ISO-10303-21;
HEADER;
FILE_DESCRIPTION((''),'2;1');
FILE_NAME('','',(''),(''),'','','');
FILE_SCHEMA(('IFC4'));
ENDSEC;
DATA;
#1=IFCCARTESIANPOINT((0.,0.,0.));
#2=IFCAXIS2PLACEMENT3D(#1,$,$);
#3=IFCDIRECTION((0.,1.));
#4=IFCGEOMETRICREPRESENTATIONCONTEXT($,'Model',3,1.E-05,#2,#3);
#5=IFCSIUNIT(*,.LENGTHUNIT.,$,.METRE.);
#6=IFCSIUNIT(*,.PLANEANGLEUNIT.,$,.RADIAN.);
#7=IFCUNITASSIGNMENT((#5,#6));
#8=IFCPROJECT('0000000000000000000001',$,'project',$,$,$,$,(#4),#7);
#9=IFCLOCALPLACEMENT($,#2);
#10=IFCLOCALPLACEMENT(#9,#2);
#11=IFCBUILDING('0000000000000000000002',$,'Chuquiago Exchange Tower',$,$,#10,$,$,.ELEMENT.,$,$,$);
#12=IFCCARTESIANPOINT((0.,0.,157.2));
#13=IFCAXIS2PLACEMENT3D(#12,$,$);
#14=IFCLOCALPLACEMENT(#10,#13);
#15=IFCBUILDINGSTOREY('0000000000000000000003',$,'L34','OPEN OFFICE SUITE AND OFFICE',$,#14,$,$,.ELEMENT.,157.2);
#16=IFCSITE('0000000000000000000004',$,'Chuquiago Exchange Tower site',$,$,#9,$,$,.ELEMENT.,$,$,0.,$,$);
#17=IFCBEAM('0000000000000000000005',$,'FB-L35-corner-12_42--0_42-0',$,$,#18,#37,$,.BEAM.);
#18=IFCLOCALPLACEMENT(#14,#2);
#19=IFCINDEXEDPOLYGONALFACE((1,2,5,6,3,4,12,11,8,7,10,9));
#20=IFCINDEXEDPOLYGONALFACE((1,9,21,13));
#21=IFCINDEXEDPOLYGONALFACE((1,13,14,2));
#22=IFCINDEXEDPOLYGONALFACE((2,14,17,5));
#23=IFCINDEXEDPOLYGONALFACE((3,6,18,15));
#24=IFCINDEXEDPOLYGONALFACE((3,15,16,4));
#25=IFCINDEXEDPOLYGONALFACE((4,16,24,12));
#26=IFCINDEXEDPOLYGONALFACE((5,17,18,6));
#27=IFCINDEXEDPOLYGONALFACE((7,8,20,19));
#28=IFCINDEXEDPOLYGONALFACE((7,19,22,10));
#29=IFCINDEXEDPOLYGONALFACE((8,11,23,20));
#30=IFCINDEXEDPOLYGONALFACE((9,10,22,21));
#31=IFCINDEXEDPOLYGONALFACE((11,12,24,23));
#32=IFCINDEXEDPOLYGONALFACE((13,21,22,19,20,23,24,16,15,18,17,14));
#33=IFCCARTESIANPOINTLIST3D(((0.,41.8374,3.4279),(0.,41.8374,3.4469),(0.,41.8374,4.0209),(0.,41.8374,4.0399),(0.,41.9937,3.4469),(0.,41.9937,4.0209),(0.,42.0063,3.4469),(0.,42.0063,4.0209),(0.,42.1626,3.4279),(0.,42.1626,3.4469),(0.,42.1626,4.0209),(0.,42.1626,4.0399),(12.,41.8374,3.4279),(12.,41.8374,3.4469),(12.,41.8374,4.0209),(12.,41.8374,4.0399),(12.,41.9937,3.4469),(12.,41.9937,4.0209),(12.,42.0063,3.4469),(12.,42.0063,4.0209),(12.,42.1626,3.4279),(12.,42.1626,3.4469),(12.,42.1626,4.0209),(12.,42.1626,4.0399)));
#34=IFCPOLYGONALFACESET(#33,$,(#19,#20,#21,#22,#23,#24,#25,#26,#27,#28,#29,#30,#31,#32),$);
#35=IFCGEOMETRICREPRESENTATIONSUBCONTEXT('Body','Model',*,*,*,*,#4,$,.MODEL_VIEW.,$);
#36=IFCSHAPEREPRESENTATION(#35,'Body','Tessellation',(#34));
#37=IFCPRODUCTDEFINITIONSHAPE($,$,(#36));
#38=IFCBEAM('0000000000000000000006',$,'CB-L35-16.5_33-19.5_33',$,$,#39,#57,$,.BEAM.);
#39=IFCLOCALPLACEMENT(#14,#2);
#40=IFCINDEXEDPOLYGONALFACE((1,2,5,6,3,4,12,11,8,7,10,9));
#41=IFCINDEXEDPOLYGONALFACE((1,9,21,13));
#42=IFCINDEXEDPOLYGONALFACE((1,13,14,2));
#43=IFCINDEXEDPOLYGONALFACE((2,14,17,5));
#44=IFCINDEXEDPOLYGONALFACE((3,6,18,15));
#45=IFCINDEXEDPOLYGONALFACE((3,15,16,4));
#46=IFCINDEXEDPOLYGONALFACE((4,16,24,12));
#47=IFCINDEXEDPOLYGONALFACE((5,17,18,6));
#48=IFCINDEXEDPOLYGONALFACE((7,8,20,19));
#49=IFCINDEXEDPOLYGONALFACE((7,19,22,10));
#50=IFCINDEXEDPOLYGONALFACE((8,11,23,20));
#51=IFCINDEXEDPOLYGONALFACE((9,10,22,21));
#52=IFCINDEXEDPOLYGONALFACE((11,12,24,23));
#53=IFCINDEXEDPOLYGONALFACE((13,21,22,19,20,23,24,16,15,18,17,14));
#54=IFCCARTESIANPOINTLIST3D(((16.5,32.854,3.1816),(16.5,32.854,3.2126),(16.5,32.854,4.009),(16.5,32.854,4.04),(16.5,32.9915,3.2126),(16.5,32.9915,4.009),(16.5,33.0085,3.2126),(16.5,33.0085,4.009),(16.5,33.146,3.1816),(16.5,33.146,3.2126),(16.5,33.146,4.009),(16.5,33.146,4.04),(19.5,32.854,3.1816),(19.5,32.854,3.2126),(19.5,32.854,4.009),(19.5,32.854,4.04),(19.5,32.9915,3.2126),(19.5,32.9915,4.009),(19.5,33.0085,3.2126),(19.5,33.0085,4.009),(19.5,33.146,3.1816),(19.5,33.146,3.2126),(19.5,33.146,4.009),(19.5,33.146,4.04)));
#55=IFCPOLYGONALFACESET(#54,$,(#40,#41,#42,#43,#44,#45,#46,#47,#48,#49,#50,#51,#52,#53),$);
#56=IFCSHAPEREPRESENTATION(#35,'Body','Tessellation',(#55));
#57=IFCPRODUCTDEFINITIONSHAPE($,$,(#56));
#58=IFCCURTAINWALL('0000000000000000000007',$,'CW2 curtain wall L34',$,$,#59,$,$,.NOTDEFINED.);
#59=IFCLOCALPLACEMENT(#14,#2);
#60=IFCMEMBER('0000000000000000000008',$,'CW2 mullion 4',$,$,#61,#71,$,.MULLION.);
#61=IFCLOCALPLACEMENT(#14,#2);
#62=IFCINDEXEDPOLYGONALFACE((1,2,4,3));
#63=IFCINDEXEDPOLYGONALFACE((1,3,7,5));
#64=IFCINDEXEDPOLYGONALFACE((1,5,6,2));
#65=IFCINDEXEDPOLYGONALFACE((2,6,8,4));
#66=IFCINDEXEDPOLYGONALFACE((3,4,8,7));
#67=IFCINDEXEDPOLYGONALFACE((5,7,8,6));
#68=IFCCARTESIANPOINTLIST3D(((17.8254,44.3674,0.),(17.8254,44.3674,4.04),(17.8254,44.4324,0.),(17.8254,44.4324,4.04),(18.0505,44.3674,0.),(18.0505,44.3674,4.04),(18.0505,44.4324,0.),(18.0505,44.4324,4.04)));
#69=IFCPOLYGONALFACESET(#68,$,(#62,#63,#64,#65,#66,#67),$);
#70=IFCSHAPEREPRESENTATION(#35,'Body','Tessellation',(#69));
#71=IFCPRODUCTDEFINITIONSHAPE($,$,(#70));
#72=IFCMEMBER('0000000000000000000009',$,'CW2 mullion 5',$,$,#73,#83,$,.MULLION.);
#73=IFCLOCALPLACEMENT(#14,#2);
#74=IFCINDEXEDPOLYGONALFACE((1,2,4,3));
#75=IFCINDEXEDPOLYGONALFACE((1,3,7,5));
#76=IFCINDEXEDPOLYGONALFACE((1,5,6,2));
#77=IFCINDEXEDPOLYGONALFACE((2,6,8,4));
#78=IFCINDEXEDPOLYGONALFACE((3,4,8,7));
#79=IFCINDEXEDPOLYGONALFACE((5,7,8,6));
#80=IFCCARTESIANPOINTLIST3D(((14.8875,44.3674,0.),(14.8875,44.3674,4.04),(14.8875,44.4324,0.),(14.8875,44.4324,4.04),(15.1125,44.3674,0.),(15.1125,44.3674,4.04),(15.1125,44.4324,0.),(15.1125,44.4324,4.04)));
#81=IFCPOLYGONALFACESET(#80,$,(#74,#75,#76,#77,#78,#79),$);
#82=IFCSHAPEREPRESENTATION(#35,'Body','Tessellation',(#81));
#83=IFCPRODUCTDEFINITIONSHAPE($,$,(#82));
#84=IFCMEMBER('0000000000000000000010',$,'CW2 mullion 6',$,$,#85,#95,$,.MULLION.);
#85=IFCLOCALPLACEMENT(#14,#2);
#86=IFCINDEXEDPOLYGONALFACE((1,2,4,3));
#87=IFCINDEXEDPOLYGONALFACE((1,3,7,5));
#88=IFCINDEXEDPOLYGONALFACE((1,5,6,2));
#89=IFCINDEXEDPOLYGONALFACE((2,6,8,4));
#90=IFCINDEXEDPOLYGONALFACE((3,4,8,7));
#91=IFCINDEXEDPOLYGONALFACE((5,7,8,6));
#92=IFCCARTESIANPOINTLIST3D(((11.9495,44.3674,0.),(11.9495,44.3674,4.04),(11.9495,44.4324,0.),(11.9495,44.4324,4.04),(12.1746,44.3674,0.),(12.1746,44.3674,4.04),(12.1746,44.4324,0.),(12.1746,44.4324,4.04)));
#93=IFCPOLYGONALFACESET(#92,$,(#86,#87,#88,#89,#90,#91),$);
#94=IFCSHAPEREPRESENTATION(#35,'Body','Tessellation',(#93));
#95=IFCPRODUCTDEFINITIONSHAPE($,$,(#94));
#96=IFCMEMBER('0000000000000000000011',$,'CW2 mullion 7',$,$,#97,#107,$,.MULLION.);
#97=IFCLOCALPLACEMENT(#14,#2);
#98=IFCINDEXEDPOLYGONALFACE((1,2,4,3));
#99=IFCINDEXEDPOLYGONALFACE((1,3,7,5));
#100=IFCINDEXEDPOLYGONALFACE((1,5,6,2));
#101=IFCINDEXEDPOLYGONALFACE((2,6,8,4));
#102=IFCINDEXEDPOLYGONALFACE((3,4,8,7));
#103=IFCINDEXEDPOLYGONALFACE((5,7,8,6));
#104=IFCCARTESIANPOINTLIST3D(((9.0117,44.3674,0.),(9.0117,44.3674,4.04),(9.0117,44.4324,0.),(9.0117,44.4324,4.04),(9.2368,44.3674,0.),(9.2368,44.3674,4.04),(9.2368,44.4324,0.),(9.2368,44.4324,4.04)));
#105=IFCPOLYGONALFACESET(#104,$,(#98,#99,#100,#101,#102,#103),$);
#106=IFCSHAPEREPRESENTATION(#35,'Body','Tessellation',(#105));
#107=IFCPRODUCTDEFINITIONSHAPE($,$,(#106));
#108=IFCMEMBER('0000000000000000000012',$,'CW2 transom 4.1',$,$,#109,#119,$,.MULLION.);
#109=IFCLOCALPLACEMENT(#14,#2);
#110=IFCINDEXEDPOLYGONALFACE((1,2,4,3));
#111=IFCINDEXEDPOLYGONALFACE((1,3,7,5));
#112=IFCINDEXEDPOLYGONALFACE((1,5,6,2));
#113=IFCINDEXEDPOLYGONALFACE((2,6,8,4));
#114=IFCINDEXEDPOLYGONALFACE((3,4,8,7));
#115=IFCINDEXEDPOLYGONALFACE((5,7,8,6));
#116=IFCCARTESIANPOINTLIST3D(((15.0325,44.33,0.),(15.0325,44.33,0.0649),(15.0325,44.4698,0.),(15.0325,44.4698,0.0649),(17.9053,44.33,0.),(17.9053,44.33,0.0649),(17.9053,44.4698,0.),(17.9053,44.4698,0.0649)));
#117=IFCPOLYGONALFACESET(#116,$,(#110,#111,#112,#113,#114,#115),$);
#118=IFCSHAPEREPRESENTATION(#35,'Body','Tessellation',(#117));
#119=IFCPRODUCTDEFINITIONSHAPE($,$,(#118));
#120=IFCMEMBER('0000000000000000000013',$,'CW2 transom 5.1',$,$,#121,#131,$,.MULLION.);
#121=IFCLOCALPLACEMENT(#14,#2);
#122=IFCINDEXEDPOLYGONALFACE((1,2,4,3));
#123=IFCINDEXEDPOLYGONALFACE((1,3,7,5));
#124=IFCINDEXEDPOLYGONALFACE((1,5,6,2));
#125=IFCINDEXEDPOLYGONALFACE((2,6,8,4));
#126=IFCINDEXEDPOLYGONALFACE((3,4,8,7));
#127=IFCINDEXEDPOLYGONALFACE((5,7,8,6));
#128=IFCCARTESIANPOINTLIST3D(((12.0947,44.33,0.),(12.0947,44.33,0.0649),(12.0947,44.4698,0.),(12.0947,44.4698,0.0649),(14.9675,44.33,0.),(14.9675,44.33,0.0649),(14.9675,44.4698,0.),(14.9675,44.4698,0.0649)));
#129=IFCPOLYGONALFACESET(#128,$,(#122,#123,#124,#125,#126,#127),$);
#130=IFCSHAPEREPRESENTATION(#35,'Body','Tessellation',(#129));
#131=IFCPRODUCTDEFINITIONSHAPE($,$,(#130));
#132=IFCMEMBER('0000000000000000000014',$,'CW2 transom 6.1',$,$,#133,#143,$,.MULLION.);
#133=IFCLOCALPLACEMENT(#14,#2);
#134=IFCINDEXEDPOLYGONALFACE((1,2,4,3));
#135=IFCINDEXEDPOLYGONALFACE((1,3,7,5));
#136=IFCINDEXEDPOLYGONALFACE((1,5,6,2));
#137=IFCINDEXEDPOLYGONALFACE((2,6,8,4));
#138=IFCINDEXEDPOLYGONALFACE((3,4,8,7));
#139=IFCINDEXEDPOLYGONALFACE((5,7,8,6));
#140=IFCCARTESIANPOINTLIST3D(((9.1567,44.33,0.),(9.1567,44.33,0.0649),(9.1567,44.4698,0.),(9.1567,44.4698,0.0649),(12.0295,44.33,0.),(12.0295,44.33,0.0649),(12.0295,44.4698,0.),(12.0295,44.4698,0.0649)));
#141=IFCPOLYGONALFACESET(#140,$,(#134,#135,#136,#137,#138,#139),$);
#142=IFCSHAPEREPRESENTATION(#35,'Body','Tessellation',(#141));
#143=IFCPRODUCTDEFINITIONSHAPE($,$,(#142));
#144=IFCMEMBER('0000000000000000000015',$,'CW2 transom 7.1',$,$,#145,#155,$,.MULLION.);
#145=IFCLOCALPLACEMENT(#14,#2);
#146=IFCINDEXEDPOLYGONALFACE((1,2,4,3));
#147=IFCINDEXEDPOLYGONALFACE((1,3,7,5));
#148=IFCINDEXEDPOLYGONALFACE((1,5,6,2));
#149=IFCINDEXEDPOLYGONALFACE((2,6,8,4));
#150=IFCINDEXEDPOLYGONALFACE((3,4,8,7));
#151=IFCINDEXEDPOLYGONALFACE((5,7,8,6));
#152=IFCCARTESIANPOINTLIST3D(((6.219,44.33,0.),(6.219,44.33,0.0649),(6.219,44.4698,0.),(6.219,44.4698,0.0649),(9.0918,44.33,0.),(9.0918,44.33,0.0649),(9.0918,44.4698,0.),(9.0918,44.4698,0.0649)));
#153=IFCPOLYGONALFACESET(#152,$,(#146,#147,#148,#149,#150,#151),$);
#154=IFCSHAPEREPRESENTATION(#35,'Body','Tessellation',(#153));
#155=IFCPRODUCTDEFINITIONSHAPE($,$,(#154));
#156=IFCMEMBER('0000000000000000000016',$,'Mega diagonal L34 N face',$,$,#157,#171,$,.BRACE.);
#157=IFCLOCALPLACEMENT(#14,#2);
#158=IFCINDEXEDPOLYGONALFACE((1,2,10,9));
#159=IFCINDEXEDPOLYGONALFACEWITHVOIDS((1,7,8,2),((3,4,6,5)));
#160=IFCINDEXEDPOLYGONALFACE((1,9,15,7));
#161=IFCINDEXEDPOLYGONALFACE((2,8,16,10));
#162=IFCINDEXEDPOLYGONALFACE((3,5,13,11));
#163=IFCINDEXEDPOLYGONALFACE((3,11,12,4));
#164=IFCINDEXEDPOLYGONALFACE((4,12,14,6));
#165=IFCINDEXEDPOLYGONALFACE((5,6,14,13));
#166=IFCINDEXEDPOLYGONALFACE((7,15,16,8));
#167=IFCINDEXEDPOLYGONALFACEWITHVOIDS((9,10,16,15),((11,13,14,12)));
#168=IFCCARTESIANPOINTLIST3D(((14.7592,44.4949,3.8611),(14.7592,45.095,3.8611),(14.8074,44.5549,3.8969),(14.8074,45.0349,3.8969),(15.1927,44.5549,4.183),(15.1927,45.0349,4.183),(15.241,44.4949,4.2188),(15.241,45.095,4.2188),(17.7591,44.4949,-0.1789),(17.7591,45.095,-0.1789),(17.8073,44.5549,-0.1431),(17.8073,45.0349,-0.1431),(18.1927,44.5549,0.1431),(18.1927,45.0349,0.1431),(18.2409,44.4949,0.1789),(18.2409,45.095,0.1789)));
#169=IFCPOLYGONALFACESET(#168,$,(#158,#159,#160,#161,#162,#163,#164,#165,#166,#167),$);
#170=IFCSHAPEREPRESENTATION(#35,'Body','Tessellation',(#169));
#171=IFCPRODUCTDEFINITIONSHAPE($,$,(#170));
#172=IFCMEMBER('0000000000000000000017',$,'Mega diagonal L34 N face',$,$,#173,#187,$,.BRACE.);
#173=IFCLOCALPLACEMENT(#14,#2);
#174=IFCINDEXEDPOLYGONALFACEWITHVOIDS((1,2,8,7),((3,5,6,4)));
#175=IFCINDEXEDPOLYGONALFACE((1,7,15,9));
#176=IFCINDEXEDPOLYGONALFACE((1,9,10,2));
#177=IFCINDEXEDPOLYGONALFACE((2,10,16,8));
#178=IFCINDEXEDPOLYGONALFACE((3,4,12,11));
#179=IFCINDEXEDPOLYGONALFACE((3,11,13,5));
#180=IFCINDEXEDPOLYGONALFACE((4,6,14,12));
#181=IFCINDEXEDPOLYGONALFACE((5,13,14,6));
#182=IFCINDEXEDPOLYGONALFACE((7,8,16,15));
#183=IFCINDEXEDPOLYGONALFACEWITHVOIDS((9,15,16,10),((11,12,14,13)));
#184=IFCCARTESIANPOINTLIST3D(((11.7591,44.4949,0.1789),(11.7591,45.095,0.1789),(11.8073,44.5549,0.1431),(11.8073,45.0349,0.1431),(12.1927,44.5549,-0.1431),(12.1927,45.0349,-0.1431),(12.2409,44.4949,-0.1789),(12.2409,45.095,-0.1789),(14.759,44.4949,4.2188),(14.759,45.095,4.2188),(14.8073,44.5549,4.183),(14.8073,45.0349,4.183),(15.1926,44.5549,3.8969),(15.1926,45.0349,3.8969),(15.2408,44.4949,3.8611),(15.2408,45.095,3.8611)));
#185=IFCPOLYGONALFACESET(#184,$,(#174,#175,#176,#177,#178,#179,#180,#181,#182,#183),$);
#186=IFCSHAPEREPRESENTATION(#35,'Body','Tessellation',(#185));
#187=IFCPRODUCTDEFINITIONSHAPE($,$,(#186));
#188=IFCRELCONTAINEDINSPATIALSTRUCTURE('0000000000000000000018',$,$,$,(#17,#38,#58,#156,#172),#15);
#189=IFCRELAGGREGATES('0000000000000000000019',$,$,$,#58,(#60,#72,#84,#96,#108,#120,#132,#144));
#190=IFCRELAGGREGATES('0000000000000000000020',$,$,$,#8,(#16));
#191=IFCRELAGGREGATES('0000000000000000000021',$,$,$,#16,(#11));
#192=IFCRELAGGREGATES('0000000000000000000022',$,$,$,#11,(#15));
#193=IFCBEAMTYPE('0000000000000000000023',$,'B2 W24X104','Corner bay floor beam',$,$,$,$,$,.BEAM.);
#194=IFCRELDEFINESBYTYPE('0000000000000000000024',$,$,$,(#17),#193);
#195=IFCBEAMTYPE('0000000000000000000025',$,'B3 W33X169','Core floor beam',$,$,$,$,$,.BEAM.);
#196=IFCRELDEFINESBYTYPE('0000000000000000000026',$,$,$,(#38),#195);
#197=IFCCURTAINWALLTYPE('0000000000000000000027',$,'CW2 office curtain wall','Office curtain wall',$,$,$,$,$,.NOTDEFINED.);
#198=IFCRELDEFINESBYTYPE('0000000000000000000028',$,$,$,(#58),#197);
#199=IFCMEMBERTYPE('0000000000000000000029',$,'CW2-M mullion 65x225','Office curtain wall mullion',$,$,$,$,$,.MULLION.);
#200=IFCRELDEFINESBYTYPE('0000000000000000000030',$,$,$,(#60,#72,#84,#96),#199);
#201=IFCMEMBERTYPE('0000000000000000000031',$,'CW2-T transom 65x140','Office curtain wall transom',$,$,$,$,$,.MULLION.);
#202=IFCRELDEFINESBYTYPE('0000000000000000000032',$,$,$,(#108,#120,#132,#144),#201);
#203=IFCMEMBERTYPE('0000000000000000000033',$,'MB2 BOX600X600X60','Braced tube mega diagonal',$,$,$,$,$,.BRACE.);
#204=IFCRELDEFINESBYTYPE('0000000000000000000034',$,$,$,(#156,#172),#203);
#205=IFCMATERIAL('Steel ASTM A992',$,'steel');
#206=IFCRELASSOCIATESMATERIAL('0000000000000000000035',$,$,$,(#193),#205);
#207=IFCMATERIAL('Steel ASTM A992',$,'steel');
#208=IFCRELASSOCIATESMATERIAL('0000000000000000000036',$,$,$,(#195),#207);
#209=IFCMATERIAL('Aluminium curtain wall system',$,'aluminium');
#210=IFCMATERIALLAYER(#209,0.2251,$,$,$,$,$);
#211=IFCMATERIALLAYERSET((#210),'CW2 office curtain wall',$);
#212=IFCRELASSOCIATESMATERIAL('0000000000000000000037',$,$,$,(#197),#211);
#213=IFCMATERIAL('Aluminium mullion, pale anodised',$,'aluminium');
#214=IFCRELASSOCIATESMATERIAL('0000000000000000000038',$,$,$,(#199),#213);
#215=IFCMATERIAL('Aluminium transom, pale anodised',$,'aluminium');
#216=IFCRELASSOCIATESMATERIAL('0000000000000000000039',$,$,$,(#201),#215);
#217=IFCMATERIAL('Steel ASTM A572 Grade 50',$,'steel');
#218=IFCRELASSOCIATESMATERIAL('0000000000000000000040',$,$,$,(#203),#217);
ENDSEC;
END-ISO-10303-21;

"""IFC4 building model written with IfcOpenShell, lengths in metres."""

from ifc_helpers import new_model, si_unit, direction, frame, origin, origin_2d, place, context, subcontext, project, spatial, rectangle, hollow_rectangle, i_section, extrude, material, layer, layer_set, material_profile, profile_set, type_object, element, aggregate, save


model = new_model("IFC4")

# Units and contexts
model_context = context("Model", 3, precision=1e-05, world=origin(), true_north=direction((0.0, 1.0)))
body_context = subcontext(model_context, "Body", "Model", "MODEL_VIEW")
ifc_project = project(units=[si_unit("LENGTHUNIT", "METRE"), si_unit("PLANEANGLEUNIT", "RADIAN")], contexts=[model_context])

# Site, building, storey
site_placement = place(None, origin())
site = spatial("IfcSite", under=ifc_project, at=site_placement, Name="Chuquiago Exchange Tower site", CompositionType="ELEMENT", RefElevation=0.0)
building_placement = place(site_placement, origin())
building = spatial("IfcBuilding", under=site, at=building_placement, Name="Chuquiago Exchange Tower", CompositionType="ELEMENT")
storey_placement = place(building_placement, frame((0.0, 0.0, 157.2)))
storey = spatial("IfcBuildingStorey", under=building, at=storey_placement, Name="L34", Description="OPEN OFFICE SUITE AND OFFICE", CompositionType="ELEMENT", Elevation=157.2)

# Beams
ifc_material_1 = material(Name="Steel ASTM A992", Category="steel")
ifc_material_profile_1 = material_profile(ifc_material_1, i_section(OverallWidth=0.3252, OverallDepth=0.6121, WebThickness=0.0127, FlangeThickness=0.019, at=origin_2d()), Name="W24X104")
ifc_profile_set_1 = profile_set([ifc_material_profile_1], Name="Steel ASTM A992")
beam_type_1 = type_object("IfcBeamType", Name="B2 W24X104", Description="Corner bay floor beam", PredefinedType="BEAM", material=ifc_profile_set_1)
for number, where, z_axis, x_axis, name in (
    (1, (12.0, 42.0, 3.7339), (-1.0, 0.0, 0.0), (0.0, -1.0, 0.0), "FB-L35-corner-12_42--0_42-0"),
):
    element("IfcBeam", number, at=place(storey_placement, frame(where, z_axis=z_axis, x_axis=x_axis)), inside=storey, type_object=beam_type_1, Name=name, PredefinedType="BEAM", context=body_context, shape_type="SweptSolid", body=[
        extrude(i_section(OverallWidth=0.3252, OverallDepth=0.6121, WebThickness=0.0127, FlangeThickness=0.019, at=origin_2d()), origin(), (0.0, 0.0, 1.0), 12.0),
    ])
ifc_material_2 = material(Name="Steel ASTM A992", Category="steel")
ifc_material_profile_2 = material_profile(ifc_material_2, i_section(OverallWidth=0.292, OverallDepth=0.8584, WebThickness=0.0171, FlangeThickness=0.031, at=origin_2d()), Name="W33X169")
ifc_profile_set_2 = profile_set([ifc_material_profile_2], Name="Steel ASTM A992")
beam_type_2 = type_object("IfcBeamType", Name="B3 W33X169", Description="Core floor beam", PredefinedType="BEAM", material=ifc_profile_set_2)
beam_placement = place(storey_placement, frame((16.5, 33.0, 3.6108), z_axis=(1.0, 0.0, 0.0), x_axis=(0.0, 1.0, 0.0)))
element("IfcBeam", 2, at=beam_placement, inside=storey, type_object=beam_type_2, Name="CB-L35-16.5_33-19.5_33", PredefinedType="BEAM", context=body_context, shape_type="SweptSolid", body=[
    extrude(i_section(OverallWidth=0.292, OverallDepth=0.8584, WebThickness=0.0171, FlangeThickness=0.031, at=origin_2d()), origin(), (0.0, 0.0, 1.0), 3.0),
])

# Curtain wall, members
ifc_material_3 = material(Name="Aluminium curtain wall system", Category="aluminium")
ifc_layer_1 = layer(ifc_material_3, 0.2251)
ifc_layer_set_1 = layer_set([ifc_layer_1], Name="CW2 office curtain wall")
curtain_wall_type = type_object("IfcCurtainWallType", Name="CW2 office curtain wall", Description="Office curtain wall", PredefinedType="NOTDEFINED", material=ifc_layer_set_1)
curtain_wall_placement = place(storey_placement, origin())
curtain_wall = element("IfcCurtainWall", 3, at=curtain_wall_placement, inside=storey, type_object=curtain_wall_type, Name="CW2 curtain wall L34", PredefinedType="NOTDEFINED")
ifc_material_4 = material(Name="Aluminium mullion, pale anodised", Category="aluminium")
ifc_material_profile_3 = material_profile(ifc_material_4, rectangle(XDim=0.0649, YDim=0.2251, at=origin_2d()), Name="AL 65x225")
ifc_profile_set_3 = profile_set([ifc_material_profile_3], Name="Aluminium mullion, pale anodised")
member_type_1 = type_object("IfcMemberType", Name="CW2-M mullion 65x225", Description="Office curtain wall mullion", PredefinedType="MULLION", material=ifc_profile_set_3)
member_1_placement = place(storey_placement, frame((17.938, 44.3999, 0.0), z_axis=(0.0, 0.0, 1.0), x_axis=(0.0, -1.0, 0.0)))
member_1 = element("IfcMember", 4, at=member_1_placement, type_object=member_type_1, Name="CW2 mullion 4", PredefinedType="MULLION", context=body_context, shape_type="SweptSolid", body=[
    extrude(rectangle(XDim=0.0649, YDim=0.2251, at=origin_2d()), origin(), (0.0, 0.0, 1.0), 4.04),
])
member_2_placement = place(storey_placement, frame((15.0, 44.3999, 0.0), z_axis=(0.0, 0.0, 1.0), x_axis=(0.0, -1.0, 0.0)))
member_2 = element("IfcMember", 5, at=member_2_placement, type_object=member_type_1, Name="CW2 mullion 5", PredefinedType="MULLION", context=body_context, shape_type="SweptSolid", body=[
    extrude(rectangle(XDim=0.0649, YDim=0.2251, at=origin_2d()), origin(), (0.0, 0.0, 1.0), 4.04),
])
member_3_placement = place(storey_placement, frame((12.062, 44.3999, 0.0), z_axis=(0.0, 0.0, 1.0), x_axis=(0.0, -1.0, 0.0)))
member_3 = element("IfcMember", 6, at=member_3_placement, type_object=member_type_1, Name="CW2 mullion 6", PredefinedType="MULLION", context=body_context, shape_type="SweptSolid", body=[
    extrude(rectangle(XDim=0.0649, YDim=0.2251, at=origin_2d()), origin(), (0.0, 0.0, 1.0), 4.04),
])
member_4_placement = place(storey_placement, frame((9.1243, 44.3999, 0.0), z_axis=(0.0, 0.0, 1.0), x_axis=(0.0, -1.0, 0.0)))
member_4 = element("IfcMember", 7, at=member_4_placement, type_object=member_type_1, Name="CW2 mullion 7", PredefinedType="MULLION", context=body_context, shape_type="SweptSolid", body=[
    extrude(rectangle(XDim=0.0649, YDim=0.2251, at=origin_2d()), origin(), (0.0, 0.0, 1.0), 4.04),
])
ifc_material_5 = material(Name="Aluminium transom, pale anodised", Category="aluminium")
ifc_material_profile_4 = material_profile(ifc_material_5, rectangle(XDim=0.1399, YDim=0.0649, at=origin_2d()), Name="AL 140x65")
ifc_profile_set_4 = profile_set([ifc_material_profile_4], Name="Aluminium transom, pale anodised")
member_type_2 = type_object("IfcMemberType", Name="CW2-T transom 65x140", Description="Office curtain wall transom", PredefinedType="MULLION", material=ifc_profile_set_4)
member_5_placement = place(storey_placement, frame((17.9053, 44.3999, 0.0325), z_axis=(-1.0, 0.0, 0.0), x_axis=(0.0, -1.0, 0.0)))
member_5 = element("IfcMember", 8, at=member_5_placement, type_object=member_type_2, Name="CW2 transom 4.1", PredefinedType="MULLION", context=body_context, shape_type="SweptSolid", body=[
    extrude(rectangle(XDim=0.1399, YDim=0.0649, at=origin_2d()), origin(), (0.0, 0.0, 1.0), 2.8728),
])
member_6_placement = place(storey_placement, frame((14.9675, 44.3999, 0.0325), z_axis=(-1.0, 0.0, 0.0), x_axis=(0.0, -1.0, 0.0)))
member_6 = element("IfcMember", 9, at=member_6_placement, type_object=member_type_2, Name="CW2 transom 5.1", PredefinedType="MULLION", context=body_context, shape_type="SweptSolid", body=[
    extrude(rectangle(XDim=0.1399, YDim=0.0649, at=origin_2d()), origin(), (0.0, 0.0, 1.0), 2.8728),
])
member_7_placement = place(storey_placement, frame((12.0295, 44.3999, 0.0325), z_axis=(-1.0, 0.0, 0.0), x_axis=(0.0, -1.0, 0.0)))
member_7 = element("IfcMember", 10, at=member_7_placement, type_object=member_type_2, Name="CW2 transom 6.1", PredefinedType="MULLION", context=body_context, shape_type="SweptSolid", body=[
    extrude(rectangle(XDim=0.1399, YDim=0.0649, at=origin_2d()), origin(), (0.0, 0.0, 1.0), 2.8728),
])
member_8_placement = place(storey_placement, frame((9.0918, 44.3999, 0.0325), z_axis=(-1.0, 0.0, 0.0), x_axis=(0.0, -1.0, 0.0)))
member_8 = element("IfcMember", 11, at=member_8_placement, type_object=member_type_2, Name="CW2 transom 7.1", PredefinedType="MULLION", context=body_context, shape_type="SweptSolid", body=[
    extrude(rectangle(XDim=0.1399, YDim=0.0649, at=origin_2d()), origin(), (0.0, 0.0, 1.0), 2.8728),
])

# Members
ifc_material_6 = material(Name="Steel ASTM A572 Grade 50", Category="steel")
ifc_material_profile_5 = material_profile(ifc_material_6, hollow_rectangle(XDim=0.6001, YDim=0.6001, WallThickness=0.0601, at=origin_2d()), Name="BOX600X600X60")
ifc_profile_set_5 = profile_set([ifc_material_profile_5], Name="Steel ASTM A572 Grade 50")
member_type_3 = type_object("IfcMemberType", Name="MB2 BOX600X600X60", Description="Braced tube mega diagonal", PredefinedType="BRACE", material=ifc_profile_set_5)
for number, where, z_axis, x_axis, name in (
    (12, (18.0, 44.7949, 0.0), (-0.596174, 0.0, 0.802855), (0.0, -1.0, 0.0), "Mega diagonal L34 N face"),
    (13, (12.0, 44.7949, 0.0), (0.596174, 0.0, 0.802855), (0.0, 1.0, 0.0), "Mega diagonal L34 N face"),
):
    element("IfcMember", number, at=place(storey_placement, frame(where, z_axis=z_axis, x_axis=x_axis)), inside=storey, type_object=member_type_3, Name=name, PredefinedType="BRACE", context=body_context, shape_type="SweptSolid", body=[
        extrude(hollow_rectangle(XDim=0.6001, YDim=0.6001, WallThickness=0.0601, at=origin_2d()), origin(), (0.0, 0.0, 1.0), 5.032),
    ])

aggregate(curtain_wall, [member_1, member_2, member_3, member_4, member_5, member_6, member_7, member_8])

save(model, "model.ifc")
